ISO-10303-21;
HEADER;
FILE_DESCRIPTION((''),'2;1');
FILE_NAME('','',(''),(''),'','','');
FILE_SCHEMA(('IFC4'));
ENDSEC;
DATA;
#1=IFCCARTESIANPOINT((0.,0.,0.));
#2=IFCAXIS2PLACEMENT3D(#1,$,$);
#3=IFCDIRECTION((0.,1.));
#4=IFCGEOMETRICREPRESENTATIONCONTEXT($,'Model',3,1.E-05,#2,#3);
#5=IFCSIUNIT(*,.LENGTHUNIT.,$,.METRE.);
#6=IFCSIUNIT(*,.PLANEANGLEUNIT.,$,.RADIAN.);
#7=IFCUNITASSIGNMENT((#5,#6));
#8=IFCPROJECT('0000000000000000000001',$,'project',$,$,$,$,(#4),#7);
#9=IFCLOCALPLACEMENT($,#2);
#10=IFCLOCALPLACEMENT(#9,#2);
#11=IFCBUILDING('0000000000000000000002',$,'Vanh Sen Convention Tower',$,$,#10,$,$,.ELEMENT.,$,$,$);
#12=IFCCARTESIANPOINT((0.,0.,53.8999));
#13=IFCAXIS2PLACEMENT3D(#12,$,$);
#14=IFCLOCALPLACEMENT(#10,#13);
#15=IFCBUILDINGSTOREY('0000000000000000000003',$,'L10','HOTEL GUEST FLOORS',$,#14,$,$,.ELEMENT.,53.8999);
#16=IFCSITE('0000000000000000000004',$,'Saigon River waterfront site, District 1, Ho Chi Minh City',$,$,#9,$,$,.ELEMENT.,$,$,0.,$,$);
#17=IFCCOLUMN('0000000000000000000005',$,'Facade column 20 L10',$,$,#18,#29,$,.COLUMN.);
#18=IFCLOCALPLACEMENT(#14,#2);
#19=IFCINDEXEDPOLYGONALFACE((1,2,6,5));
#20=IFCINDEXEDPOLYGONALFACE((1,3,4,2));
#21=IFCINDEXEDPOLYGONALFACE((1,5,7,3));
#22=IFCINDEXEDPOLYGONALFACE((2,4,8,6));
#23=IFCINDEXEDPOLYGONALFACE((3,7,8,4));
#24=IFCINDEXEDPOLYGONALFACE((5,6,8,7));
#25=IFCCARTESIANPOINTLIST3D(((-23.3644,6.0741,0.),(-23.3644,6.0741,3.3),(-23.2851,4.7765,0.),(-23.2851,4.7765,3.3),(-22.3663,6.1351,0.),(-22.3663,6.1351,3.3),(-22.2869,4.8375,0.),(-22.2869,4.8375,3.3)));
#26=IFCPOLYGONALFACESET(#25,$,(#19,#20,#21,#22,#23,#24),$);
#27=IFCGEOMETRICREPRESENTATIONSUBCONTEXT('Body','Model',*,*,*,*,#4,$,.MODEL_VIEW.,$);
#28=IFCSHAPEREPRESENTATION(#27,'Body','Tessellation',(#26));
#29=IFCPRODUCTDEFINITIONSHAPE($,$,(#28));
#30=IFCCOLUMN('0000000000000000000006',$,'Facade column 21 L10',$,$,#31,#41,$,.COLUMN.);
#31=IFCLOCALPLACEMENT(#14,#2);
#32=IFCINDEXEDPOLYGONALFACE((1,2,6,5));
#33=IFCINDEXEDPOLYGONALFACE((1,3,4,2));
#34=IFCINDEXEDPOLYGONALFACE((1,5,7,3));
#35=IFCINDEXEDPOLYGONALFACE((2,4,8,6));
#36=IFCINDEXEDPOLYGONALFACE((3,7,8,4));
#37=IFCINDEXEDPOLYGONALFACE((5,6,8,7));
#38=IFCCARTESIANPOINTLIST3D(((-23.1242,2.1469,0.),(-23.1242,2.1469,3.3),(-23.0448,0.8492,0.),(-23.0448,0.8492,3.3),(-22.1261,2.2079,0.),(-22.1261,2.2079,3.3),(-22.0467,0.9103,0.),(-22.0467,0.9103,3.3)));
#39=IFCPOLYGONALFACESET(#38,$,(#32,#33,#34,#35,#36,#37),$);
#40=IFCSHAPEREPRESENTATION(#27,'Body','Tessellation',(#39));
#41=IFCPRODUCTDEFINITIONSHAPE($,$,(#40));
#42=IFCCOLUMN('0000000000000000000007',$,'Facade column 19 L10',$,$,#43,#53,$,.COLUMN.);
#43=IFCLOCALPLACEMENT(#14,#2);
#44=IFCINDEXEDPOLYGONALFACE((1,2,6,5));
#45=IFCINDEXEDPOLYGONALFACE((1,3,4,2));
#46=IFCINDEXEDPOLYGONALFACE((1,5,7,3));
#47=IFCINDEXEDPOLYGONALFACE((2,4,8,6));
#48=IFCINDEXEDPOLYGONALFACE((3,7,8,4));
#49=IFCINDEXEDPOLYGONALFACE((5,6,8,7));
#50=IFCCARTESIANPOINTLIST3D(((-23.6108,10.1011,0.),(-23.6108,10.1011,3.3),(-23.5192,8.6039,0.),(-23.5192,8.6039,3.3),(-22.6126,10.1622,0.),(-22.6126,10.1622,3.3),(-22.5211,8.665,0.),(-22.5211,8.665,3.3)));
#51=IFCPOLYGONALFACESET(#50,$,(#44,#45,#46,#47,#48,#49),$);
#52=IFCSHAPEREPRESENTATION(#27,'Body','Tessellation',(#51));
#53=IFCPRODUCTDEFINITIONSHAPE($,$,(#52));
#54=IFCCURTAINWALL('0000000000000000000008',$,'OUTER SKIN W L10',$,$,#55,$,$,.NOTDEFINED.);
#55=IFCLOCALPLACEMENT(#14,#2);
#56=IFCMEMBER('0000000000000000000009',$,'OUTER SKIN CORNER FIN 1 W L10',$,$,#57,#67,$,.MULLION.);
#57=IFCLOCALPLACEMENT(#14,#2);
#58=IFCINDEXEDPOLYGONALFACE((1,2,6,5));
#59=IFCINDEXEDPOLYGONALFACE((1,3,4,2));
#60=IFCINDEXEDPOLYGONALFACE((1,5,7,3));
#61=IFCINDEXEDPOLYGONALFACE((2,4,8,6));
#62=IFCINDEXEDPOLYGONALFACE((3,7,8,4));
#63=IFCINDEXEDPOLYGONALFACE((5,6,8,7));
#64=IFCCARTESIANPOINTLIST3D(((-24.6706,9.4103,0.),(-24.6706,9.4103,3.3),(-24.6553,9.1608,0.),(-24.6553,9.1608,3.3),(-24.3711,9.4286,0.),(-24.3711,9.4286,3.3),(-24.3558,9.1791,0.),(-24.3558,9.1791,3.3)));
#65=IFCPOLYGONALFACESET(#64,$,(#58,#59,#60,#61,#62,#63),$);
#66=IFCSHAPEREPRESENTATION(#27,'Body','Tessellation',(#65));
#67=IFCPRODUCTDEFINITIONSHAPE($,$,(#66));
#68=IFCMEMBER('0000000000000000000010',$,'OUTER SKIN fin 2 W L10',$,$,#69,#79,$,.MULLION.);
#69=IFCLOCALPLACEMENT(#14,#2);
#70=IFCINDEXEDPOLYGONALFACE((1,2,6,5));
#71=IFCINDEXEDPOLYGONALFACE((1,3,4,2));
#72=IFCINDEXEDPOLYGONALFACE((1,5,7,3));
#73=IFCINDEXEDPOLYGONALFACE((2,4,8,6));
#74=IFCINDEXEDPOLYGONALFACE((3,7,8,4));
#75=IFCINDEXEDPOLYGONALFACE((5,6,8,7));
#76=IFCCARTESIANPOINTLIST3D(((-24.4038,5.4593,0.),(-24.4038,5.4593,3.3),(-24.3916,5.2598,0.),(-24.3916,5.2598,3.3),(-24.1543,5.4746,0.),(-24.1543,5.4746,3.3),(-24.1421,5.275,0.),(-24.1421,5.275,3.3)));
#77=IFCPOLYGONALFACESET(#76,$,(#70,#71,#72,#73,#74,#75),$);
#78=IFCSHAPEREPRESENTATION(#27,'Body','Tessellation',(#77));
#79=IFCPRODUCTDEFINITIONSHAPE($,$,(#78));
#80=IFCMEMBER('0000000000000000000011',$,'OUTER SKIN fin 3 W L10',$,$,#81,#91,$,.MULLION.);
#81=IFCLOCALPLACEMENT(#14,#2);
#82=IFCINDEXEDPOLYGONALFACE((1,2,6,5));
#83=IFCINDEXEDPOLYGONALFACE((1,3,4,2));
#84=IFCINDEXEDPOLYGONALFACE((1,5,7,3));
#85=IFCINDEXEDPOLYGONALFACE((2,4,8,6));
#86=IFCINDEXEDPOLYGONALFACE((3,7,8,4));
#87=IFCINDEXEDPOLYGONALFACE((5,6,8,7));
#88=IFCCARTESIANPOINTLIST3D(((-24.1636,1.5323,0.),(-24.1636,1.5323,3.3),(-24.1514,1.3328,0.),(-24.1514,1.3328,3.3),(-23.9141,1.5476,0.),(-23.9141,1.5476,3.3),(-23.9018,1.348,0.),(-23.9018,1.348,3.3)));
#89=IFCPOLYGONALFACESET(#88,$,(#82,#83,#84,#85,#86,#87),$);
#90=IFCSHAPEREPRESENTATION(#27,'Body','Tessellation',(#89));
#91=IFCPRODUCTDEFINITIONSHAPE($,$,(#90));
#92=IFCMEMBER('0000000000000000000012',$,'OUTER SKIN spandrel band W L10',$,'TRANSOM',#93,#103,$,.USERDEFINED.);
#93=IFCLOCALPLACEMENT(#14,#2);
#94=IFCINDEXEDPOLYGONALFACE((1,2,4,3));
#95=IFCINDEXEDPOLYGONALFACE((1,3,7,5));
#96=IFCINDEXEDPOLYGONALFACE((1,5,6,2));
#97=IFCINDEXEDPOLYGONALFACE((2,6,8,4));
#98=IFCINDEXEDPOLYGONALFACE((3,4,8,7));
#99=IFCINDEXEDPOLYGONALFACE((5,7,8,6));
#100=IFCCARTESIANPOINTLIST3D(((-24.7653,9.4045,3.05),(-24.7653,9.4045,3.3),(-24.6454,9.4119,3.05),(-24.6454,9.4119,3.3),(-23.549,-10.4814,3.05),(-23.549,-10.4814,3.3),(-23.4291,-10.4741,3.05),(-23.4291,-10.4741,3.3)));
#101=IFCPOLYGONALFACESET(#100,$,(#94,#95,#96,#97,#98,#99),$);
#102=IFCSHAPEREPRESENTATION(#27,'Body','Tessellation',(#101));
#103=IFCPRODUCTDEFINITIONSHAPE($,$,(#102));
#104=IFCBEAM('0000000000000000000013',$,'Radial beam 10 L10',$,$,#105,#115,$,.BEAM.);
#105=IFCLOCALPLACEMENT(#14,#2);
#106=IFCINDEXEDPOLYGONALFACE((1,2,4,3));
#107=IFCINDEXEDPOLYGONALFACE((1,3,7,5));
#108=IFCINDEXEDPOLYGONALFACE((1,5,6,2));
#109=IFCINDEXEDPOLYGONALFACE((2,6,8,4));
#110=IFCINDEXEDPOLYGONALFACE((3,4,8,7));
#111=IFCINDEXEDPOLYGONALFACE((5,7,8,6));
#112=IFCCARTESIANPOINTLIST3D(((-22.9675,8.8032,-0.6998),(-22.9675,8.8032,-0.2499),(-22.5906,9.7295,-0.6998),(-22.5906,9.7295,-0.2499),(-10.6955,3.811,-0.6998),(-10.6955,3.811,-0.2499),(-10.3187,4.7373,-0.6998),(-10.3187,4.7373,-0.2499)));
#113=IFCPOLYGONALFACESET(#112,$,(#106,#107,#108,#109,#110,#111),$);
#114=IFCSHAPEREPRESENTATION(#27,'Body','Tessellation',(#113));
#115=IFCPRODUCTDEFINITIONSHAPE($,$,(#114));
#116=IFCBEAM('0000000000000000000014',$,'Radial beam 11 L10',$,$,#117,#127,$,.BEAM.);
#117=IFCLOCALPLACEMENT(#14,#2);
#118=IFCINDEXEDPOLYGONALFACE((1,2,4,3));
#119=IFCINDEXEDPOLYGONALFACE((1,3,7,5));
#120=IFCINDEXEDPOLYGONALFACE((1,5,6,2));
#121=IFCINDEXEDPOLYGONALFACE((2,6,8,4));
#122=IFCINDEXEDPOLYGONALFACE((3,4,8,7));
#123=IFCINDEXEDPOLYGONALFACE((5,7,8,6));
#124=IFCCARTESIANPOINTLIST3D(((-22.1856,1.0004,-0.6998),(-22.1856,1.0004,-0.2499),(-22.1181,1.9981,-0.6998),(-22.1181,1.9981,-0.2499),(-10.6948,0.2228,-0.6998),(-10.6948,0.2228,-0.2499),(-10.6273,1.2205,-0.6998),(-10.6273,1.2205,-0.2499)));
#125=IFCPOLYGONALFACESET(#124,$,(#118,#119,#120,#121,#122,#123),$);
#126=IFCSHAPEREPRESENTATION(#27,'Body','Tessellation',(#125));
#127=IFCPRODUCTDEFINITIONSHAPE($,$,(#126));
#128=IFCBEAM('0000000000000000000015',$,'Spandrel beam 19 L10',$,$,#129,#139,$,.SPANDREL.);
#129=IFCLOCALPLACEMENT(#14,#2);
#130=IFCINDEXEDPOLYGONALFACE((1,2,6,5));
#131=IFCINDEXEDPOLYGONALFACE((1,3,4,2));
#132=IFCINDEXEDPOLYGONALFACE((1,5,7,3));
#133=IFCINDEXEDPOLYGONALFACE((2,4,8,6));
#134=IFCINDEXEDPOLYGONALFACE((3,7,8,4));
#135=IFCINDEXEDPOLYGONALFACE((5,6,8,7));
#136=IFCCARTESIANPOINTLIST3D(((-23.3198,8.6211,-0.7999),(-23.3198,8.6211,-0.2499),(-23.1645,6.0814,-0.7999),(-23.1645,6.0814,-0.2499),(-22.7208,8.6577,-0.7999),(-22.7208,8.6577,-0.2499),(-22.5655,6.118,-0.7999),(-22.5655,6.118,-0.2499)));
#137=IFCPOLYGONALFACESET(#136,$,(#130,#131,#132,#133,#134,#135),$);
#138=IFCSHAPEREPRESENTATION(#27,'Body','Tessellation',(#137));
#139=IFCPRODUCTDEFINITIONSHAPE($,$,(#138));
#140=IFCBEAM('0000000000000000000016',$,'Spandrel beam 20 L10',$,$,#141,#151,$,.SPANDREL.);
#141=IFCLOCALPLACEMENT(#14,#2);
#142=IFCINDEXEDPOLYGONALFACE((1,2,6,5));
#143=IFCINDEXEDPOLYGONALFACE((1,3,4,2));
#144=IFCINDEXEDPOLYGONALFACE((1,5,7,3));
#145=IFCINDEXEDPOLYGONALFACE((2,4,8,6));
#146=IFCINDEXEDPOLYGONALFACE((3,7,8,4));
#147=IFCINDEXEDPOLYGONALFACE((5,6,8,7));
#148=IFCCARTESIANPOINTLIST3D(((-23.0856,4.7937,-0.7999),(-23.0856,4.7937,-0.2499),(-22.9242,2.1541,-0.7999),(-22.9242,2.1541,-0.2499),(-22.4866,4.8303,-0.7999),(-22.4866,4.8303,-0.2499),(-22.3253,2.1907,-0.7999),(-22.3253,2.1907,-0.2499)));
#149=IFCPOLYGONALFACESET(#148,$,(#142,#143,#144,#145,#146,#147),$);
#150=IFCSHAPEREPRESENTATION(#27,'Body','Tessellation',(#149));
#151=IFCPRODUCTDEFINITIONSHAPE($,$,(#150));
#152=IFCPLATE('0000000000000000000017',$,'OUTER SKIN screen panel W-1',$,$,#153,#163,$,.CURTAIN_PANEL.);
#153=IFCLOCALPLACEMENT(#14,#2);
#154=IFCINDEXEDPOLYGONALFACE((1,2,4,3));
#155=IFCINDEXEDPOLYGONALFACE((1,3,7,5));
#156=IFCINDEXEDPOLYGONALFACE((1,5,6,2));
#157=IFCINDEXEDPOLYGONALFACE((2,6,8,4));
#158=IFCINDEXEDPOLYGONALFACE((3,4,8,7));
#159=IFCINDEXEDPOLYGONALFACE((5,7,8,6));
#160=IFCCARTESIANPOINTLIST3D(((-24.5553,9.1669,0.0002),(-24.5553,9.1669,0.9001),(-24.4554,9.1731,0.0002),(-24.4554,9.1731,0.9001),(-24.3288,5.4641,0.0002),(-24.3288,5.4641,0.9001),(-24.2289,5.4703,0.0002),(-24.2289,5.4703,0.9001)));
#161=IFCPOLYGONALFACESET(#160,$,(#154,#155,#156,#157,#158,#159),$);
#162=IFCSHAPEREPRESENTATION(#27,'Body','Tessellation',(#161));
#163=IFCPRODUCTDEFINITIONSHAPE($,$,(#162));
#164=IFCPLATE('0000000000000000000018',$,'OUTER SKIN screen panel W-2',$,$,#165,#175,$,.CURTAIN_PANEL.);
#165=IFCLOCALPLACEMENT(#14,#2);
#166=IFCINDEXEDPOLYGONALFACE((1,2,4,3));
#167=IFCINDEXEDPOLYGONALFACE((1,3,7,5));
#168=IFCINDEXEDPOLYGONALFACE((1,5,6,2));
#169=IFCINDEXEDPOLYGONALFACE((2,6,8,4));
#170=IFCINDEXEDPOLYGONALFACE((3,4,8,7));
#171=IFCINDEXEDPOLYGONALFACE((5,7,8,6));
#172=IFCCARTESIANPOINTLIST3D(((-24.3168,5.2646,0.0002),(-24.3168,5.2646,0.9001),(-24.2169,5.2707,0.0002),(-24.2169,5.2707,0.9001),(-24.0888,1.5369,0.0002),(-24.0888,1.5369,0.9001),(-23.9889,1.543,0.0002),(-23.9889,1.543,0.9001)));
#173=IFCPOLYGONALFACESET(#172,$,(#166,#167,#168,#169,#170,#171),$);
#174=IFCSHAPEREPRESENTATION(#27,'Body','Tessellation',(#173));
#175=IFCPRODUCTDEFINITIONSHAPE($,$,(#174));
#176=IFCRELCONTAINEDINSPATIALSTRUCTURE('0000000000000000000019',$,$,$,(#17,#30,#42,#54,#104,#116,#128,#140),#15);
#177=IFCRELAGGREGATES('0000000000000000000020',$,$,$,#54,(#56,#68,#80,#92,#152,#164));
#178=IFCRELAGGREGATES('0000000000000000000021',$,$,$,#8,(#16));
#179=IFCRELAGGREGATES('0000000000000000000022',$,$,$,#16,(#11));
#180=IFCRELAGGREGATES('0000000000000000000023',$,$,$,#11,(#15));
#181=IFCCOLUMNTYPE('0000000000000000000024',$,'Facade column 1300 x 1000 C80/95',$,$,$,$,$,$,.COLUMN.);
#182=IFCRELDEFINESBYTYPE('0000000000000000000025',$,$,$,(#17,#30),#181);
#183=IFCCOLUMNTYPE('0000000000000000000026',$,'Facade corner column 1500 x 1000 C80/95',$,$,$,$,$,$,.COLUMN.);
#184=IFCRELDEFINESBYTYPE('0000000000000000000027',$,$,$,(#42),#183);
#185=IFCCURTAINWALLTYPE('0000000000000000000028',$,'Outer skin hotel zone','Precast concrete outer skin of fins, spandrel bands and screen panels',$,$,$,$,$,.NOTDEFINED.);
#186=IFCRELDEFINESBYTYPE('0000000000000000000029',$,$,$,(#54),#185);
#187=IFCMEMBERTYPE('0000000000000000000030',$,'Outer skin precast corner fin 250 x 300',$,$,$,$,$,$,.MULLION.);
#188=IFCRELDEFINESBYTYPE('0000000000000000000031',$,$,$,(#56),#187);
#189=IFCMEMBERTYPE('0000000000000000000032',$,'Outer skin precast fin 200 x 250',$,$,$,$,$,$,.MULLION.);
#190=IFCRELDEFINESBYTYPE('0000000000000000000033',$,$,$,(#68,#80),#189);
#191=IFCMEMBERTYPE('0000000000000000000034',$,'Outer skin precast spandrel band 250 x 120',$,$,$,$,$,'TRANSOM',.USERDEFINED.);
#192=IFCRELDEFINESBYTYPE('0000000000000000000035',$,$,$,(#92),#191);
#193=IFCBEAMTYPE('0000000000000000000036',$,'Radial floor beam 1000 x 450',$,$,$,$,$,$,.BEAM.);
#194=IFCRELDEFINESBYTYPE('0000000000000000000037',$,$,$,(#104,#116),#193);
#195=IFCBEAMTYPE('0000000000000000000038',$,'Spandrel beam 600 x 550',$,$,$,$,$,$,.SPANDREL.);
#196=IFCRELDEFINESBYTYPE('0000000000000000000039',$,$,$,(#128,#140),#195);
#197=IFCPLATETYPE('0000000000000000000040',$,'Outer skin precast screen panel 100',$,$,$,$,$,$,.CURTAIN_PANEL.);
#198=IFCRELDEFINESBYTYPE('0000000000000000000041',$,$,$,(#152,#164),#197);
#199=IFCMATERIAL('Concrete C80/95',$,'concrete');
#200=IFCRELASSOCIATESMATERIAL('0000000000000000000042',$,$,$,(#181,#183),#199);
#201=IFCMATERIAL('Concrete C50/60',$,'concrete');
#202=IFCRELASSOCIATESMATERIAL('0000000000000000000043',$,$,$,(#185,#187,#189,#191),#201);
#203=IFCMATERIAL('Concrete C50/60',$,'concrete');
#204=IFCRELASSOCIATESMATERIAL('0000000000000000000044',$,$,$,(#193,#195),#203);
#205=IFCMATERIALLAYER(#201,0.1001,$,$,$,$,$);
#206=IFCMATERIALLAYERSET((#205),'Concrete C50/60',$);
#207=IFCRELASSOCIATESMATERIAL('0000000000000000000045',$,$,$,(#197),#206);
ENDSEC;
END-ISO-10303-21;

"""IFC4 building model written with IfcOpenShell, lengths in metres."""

from ifc_helpers import new_model, si_unit, direction, frame, origin, origin_2d, place, context, subcontext, project, spatial, rectangle, extrude, material, layer, layer_set, material_profile, profile_set, type_object, element, aggregate, save


model = new_model("IFC4")

# Units and contexts
model_context = context("Model", 3, precision=1e-05, world=origin(), true_north=direction((0.0, 1.0)))
body_context = subcontext(model_context, "Body", "Model", "MODEL_VIEW")
ifc_project = project(units=[si_unit("LENGTHUNIT", "METRE"), si_unit("PLANEANGLEUNIT", "RADIAN")], contexts=[model_context])

# Site, building, storey
site_placement = place(None, origin())
site = spatial("IfcSite", under=ifc_project, at=site_placement, Name="Saigon River waterfront site, District 1, Ho Chi Minh City", CompositionType="ELEMENT", RefElevation=0.0)
building_placement = place(site_placement, origin())
building = spatial("IfcBuilding", under=site, at=building_placement, Name="Vanh Sen Convention Tower", CompositionType="ELEMENT")
storey_placement = place(building_placement, frame((0.0, 0.0, 53.8999)))
storey = spatial("IfcBuildingStorey", under=building, at=storey_placement, Name="L10", Description="HOTEL GUEST FLOORS", CompositionType="ELEMENT", Elevation=53.8999)

# Columns
ifc_material_1 = material(Name="Concrete C80/95", Category="concrete")
ifc_material_profile_1 = material_profile(ifc_material_1, rectangle(XDim=1.3, YDim=1.0, at=origin_2d()), Name="RC 1300X1000")
ifc_profile_set_1 = profile_set([ifc_material_profile_1], Name="Concrete C80/95")
column_type_1 = type_object("IfcColumnType", Name="Facade column 1300 x 1000 C80/95", PredefinedType="COLUMN", material=ifc_profile_set_1)
for number, where, z_axis, x_axis, name in (
    (1, (-22.8257, 5.4558, 0.0), (0.0, 0.0, 1.0), (0.061049, -0.998135, 0.0), "Facade column 20 L10"),
    (2, (-22.5854, 1.5286, 0.0), (0.0, 0.0, 1.0), (0.061049, -0.998135, 0.0), "Facade column 21 L10"),
):
    element("IfcColumn", number, at=place(storey_placement, frame(where, z_axis=z_axis, x_axis=x_axis)), inside=storey, type_object=column_type_1, Name=name, PredefinedType="COLUMN", context=body_context, shape_type="SweptSolid", body=[
        extrude(rectangle(XDim=1.3, YDim=1.0, at=origin_2d()), origin(), (0.0, 0.0, 1.0), 3.3),
    ])
ifc_material_profile_2 = material_profile(ifc_material_1, rectangle(XDim=1.5, YDim=1.0, at=origin_2d()), Name="RC 1500X1000")
ifc_profile_set_2 = profile_set([ifc_material_profile_2], Name="Concrete C80/95")
column_type_2 = type_object("IfcColumnType", Name="Facade corner column 1500 x 1000 C80/95", PredefinedType="COLUMN", material=ifc_profile_set_2)
column_placement = place(storey_placement, frame((-23.0659, 9.3831, 0.0), z_axis=(0.0, 0.0, 1.0), x_axis=(0.061049, -0.998135, 0.0)))
element("IfcColumn", 3, at=column_placement, inside=storey, type_object=column_type_2, Name="Facade column 19 L10", PredefinedType="COLUMN", context=body_context, shape_type="SweptSolid", body=[
    extrude(rectangle(XDim=1.5, YDim=1.0, at=origin_2d()), origin(), (0.0, 0.0, 1.0), 3.3),
])

# Curtain wall, members
ifc_material_2 = material(Name="Concrete C50/60", Category="concrete")
curtain_wall_type = type_object("IfcCurtainWallType", Name="Outer skin hotel zone", Description="Precast concrete outer skin of fins, spandrel bands and screen panels", PredefinedType="NOTDEFINED", material=ifc_material_2)
curtain_wall_placement = place(storey_placement, origin())
curtain_wall = element("IfcCurtainWall", 4, at=curtain_wall_placement, inside=storey, type_object=curtain_wall_type, Name="OUTER SKIN W L10", PredefinedType="NOTDEFINED")
ifc_material_profile_3 = material_profile(ifc_material_2, rectangle(XDim=0.25, YDim=0.3, at=origin_2d()), Name="Outer skin precast corner fin 250 x 300")
ifc_profile_set_3 = profile_set([ifc_material_profile_3], Name="Concrete C50/60")
member_type_1 = type_object("IfcMemberType", Name="Outer skin precast corner fin 250 x 300", PredefinedType="MULLION", material=ifc_profile_set_3)
member_1_placement = place(storey_placement, frame((-24.5132, 9.2947, 0.0), z_axis=(0.0, 0.0, 1.0), x_axis=(0.061049, -0.998135, 0.0)))
member_1 = element("IfcMember", 5, at=member_1_placement, type_object=member_type_1, Name="OUTER SKIN CORNER FIN 1 W L10", PredefinedType="MULLION", context=body_context, shape_type="SweptSolid", body=[
    extrude(rectangle(XDim=0.25, YDim=0.3, at=origin_2d()), origin(), (0.0, 0.0, 1.0), 3.3),
])
ifc_material_profile_4 = material_profile(ifc_material_2, rectangle(XDim=0.2, YDim=0.25, at=origin_2d()), Name="Outer skin precast fin 200 x 250")
ifc_profile_set_4 = profile_set([ifc_material_profile_4], Name="Concrete C50/60")
member_type_2 = type_object("IfcMemberType", Name="Outer skin precast fin 200 x 250", PredefinedType="MULLION", material=ifc_profile_set_4)
member_2_placement = place(storey_placement, frame((-24.2729, 5.3672, 0.0), z_axis=(0.0, 0.0, 1.0), x_axis=(0.061049, -0.998135, 0.0)))
member_2 = element("IfcMember", 6, at=member_2_placement, type_object=member_type_2, Name="OUTER SKIN fin 2 W L10", PredefinedType="MULLION", context=body_context, shape_type="SweptSolid", body=[
    extrude(rectangle(XDim=0.2, YDim=0.25, at=origin_2d()), origin(), (0.0, 0.0, 1.0), 3.3),
])
member_3_placement = place(storey_placement, frame((-24.0327, 1.4402, 0.0), z_axis=(0.0, 0.0, 1.0), x_axis=(0.061049, -0.998135, 0.0)))
member_3 = element("IfcMember", 7, at=member_3_placement, type_object=member_type_2, Name="OUTER SKIN fin 3 W L10", PredefinedType="MULLION", context=body_context, shape_type="SweptSolid", body=[
    extrude(rectangle(XDim=0.2, YDim=0.25, at=origin_2d()), origin(), (0.0, 0.0, 1.0), 3.3),
])
ifc_material_profile_5 = material_profile(ifc_material_2, rectangle(XDim=0.1201, YDim=0.25, at=origin_2d()), Name="Outer skin precast spandrel band 250 x 120")
ifc_profile_set_5 = profile_set([ifc_material_profile_5], Name="Concrete C50/60")
member_type_3 = type_object("IfcMemberType", Name="Outer skin precast spandrel band 250 x 120", ElementType="TRANSOM", PredefinedType="USERDEFINED", material=ifc_profile_set_5)
member_4_placement = place(storey_placement, frame((-24.7053, 9.4082, 3.175), z_axis=(0.06105, -0.998135, 0.0), x_axis=(0.998135, 0.06105, 0.0)))
member_4 = element("IfcMember", 8, at=member_4_placement, type_object=member_type_3, Name="OUTER SKIN spandrel band W L10", ObjectType="TRANSOM", PredefinedType="USERDEFINED", context=body_context, shape_type="SweptSolid", body=[
    extrude(rectangle(XDim=0.1201, YDim=0.25, at=origin_2d()), origin(), (0.0, 0.0, 1.0), 19.9231),
])

# Beams
ifc_material_3 = material(Name="Concrete C50/60", Category="concrete")
ifc_material_profile_6 = material_profile(ifc_material_3, rectangle(XDim=1.0, YDim=0.45, at=origin_2d()), Name="RC 1000X450")
ifc_profile_set_6 = profile_set([ifc_material_profile_6], Name="Concrete C50/60")
beam_type_1 = type_object("IfcBeamType", Name="Radial floor beam 1000 x 450", PredefinedType="BEAM", material=ifc_profile_set_6)
beam_1_placement = place(storey_placement, frame((-22.7791, 9.2664, -0.4749), z_axis=(0.92629, -0.376811, 0.0), x_axis=(0.376811, 0.92629, 0.0)))
element("IfcBeam", 9, at=beam_1_placement, inside=storey, type_object=beam_type_1, Name="Radial beam 10 L10", PredefinedType="BEAM", context=body_context, shape_type="SweptSolid", body=[
    extrude(rectangle(XDim=1.0, YDim=0.45, at=origin_2d()), origin(), (0.0, 0.0, 1.0), 13.2485),
])
beam_2_placement = place(storey_placement, frame((-22.1519, 1.4993, -0.4749), z_axis=(0.997718, -0.067517, 0.0), x_axis=(0.067517, 0.997718, 0.0)))
element("IfcBeam", 10, at=beam_2_placement, inside=storey, type_object=beam_type_1, Name="Radial beam 11 L10", PredefinedType="BEAM", context=body_context, shape_type="SweptSolid", body=[
    extrude(rectangle(XDim=1.0, YDim=0.45, at=origin_2d()), origin(), (0.0, 0.0, 1.0), 11.5171),
])
ifc_material_profile_7 = material_profile(ifc_material_3, rectangle(XDim=0.6001, YDim=0.55, at=origin_2d()), Name="RC 600X550")
ifc_profile_set_7 = profile_set([ifc_material_profile_7], Name="Concrete C50/60")
beam_type_2 = type_object("IfcBeamType", Name="Spandrel beam 600 x 550", PredefinedType="SPANDREL", material=ifc_profile_set_7)
beam_3_placement = place(storey_placement, frame((-23.0203, 8.6394, -0.5249), z_axis=(0.061022, -0.998136, 0.0), x_axis=(0.998136, 0.061022, 0.0)))
element("IfcBeam", 11, at=beam_3_placement, inside=storey, type_object=beam_type_2, Name="Spandrel beam 19 L10", PredefinedType="SPANDREL", context=body_context, shape_type="SweptSolid", body=[
    extrude(rectangle(XDim=0.6001, YDim=0.55, at=origin_2d()), origin(), (0.0, 0.0, 1.0), 2.5444),
])
beam_4_placement = place(storey_placement, frame((-22.7861, 4.812, -0.5249), z_axis=(0.061022, -0.998136, 0.0), x_axis=(0.998136, 0.061022, 0.0)))
element("IfcBeam", 12, at=beam_4_placement, inside=storey, type_object=beam_type_2, Name="Spandrel beam 20 L10", PredefinedType="SPANDREL", context=body_context, shape_type="SweptSolid", body=[
    extrude(rectangle(XDim=0.6001, YDim=0.55, at=origin_2d()), origin(), (0.0, 0.0, 1.0), 2.6445),
])

# Plates
ifc_layer_1 = layer(ifc_material_2, 0.1001)
ifc_layer_set_1 = layer_set([ifc_layer_1], Name="Concrete C50/60")
plate_type = type_object("IfcPlateType", Name="Outer skin precast screen panel 100", PredefinedType="CURTAIN_PANEL", material=ifc_layer_set_1)
plate_1_placement = place(storey_placement, frame((-24.3921, 7.3186, 0.0002), z_axis=(0.0, 0.0, 1.0), x_axis=(0.061047, -0.998135, 0.0)))
plate_1 = element("IfcPlate", 13, at=plate_1_placement, type_object=plate_type, Name="OUTER SKIN screen panel W-1", PredefinedType="CURTAIN_PANEL", context=body_context, shape_type="SweptSolid", body=[
    extrude(rectangle(XDim=3.7097, YDim=0.1001, at=origin_2d()), origin(), (0.0, 0.0, 1.0), 0.8999),
])
plate_2_placement = place(storey_placement, frame((-24.1528, 3.4038, 0.0002), z_axis=(0.0, 0.0, 1.0), x_axis=(0.061049, -0.998135, 0.0)))
plate_2 = element("IfcPlate", 14, at=plate_2_placement, type_object=plate_type, Name="OUTER SKIN screen panel W-2", PredefinedType="CURTAIN_PANEL", context=body_context, shape_type="SweptSolid", body=[
    extrude(rectangle(XDim=3.7346, YDim=0.1001, at=origin_2d()), origin(), (0.0, 0.0, 1.0), 0.8999),
])
aggregate(curtain_wall, [member_1, member_2, member_3, member_4, plate_1, plate_2])

save(model, "model.ifc")
